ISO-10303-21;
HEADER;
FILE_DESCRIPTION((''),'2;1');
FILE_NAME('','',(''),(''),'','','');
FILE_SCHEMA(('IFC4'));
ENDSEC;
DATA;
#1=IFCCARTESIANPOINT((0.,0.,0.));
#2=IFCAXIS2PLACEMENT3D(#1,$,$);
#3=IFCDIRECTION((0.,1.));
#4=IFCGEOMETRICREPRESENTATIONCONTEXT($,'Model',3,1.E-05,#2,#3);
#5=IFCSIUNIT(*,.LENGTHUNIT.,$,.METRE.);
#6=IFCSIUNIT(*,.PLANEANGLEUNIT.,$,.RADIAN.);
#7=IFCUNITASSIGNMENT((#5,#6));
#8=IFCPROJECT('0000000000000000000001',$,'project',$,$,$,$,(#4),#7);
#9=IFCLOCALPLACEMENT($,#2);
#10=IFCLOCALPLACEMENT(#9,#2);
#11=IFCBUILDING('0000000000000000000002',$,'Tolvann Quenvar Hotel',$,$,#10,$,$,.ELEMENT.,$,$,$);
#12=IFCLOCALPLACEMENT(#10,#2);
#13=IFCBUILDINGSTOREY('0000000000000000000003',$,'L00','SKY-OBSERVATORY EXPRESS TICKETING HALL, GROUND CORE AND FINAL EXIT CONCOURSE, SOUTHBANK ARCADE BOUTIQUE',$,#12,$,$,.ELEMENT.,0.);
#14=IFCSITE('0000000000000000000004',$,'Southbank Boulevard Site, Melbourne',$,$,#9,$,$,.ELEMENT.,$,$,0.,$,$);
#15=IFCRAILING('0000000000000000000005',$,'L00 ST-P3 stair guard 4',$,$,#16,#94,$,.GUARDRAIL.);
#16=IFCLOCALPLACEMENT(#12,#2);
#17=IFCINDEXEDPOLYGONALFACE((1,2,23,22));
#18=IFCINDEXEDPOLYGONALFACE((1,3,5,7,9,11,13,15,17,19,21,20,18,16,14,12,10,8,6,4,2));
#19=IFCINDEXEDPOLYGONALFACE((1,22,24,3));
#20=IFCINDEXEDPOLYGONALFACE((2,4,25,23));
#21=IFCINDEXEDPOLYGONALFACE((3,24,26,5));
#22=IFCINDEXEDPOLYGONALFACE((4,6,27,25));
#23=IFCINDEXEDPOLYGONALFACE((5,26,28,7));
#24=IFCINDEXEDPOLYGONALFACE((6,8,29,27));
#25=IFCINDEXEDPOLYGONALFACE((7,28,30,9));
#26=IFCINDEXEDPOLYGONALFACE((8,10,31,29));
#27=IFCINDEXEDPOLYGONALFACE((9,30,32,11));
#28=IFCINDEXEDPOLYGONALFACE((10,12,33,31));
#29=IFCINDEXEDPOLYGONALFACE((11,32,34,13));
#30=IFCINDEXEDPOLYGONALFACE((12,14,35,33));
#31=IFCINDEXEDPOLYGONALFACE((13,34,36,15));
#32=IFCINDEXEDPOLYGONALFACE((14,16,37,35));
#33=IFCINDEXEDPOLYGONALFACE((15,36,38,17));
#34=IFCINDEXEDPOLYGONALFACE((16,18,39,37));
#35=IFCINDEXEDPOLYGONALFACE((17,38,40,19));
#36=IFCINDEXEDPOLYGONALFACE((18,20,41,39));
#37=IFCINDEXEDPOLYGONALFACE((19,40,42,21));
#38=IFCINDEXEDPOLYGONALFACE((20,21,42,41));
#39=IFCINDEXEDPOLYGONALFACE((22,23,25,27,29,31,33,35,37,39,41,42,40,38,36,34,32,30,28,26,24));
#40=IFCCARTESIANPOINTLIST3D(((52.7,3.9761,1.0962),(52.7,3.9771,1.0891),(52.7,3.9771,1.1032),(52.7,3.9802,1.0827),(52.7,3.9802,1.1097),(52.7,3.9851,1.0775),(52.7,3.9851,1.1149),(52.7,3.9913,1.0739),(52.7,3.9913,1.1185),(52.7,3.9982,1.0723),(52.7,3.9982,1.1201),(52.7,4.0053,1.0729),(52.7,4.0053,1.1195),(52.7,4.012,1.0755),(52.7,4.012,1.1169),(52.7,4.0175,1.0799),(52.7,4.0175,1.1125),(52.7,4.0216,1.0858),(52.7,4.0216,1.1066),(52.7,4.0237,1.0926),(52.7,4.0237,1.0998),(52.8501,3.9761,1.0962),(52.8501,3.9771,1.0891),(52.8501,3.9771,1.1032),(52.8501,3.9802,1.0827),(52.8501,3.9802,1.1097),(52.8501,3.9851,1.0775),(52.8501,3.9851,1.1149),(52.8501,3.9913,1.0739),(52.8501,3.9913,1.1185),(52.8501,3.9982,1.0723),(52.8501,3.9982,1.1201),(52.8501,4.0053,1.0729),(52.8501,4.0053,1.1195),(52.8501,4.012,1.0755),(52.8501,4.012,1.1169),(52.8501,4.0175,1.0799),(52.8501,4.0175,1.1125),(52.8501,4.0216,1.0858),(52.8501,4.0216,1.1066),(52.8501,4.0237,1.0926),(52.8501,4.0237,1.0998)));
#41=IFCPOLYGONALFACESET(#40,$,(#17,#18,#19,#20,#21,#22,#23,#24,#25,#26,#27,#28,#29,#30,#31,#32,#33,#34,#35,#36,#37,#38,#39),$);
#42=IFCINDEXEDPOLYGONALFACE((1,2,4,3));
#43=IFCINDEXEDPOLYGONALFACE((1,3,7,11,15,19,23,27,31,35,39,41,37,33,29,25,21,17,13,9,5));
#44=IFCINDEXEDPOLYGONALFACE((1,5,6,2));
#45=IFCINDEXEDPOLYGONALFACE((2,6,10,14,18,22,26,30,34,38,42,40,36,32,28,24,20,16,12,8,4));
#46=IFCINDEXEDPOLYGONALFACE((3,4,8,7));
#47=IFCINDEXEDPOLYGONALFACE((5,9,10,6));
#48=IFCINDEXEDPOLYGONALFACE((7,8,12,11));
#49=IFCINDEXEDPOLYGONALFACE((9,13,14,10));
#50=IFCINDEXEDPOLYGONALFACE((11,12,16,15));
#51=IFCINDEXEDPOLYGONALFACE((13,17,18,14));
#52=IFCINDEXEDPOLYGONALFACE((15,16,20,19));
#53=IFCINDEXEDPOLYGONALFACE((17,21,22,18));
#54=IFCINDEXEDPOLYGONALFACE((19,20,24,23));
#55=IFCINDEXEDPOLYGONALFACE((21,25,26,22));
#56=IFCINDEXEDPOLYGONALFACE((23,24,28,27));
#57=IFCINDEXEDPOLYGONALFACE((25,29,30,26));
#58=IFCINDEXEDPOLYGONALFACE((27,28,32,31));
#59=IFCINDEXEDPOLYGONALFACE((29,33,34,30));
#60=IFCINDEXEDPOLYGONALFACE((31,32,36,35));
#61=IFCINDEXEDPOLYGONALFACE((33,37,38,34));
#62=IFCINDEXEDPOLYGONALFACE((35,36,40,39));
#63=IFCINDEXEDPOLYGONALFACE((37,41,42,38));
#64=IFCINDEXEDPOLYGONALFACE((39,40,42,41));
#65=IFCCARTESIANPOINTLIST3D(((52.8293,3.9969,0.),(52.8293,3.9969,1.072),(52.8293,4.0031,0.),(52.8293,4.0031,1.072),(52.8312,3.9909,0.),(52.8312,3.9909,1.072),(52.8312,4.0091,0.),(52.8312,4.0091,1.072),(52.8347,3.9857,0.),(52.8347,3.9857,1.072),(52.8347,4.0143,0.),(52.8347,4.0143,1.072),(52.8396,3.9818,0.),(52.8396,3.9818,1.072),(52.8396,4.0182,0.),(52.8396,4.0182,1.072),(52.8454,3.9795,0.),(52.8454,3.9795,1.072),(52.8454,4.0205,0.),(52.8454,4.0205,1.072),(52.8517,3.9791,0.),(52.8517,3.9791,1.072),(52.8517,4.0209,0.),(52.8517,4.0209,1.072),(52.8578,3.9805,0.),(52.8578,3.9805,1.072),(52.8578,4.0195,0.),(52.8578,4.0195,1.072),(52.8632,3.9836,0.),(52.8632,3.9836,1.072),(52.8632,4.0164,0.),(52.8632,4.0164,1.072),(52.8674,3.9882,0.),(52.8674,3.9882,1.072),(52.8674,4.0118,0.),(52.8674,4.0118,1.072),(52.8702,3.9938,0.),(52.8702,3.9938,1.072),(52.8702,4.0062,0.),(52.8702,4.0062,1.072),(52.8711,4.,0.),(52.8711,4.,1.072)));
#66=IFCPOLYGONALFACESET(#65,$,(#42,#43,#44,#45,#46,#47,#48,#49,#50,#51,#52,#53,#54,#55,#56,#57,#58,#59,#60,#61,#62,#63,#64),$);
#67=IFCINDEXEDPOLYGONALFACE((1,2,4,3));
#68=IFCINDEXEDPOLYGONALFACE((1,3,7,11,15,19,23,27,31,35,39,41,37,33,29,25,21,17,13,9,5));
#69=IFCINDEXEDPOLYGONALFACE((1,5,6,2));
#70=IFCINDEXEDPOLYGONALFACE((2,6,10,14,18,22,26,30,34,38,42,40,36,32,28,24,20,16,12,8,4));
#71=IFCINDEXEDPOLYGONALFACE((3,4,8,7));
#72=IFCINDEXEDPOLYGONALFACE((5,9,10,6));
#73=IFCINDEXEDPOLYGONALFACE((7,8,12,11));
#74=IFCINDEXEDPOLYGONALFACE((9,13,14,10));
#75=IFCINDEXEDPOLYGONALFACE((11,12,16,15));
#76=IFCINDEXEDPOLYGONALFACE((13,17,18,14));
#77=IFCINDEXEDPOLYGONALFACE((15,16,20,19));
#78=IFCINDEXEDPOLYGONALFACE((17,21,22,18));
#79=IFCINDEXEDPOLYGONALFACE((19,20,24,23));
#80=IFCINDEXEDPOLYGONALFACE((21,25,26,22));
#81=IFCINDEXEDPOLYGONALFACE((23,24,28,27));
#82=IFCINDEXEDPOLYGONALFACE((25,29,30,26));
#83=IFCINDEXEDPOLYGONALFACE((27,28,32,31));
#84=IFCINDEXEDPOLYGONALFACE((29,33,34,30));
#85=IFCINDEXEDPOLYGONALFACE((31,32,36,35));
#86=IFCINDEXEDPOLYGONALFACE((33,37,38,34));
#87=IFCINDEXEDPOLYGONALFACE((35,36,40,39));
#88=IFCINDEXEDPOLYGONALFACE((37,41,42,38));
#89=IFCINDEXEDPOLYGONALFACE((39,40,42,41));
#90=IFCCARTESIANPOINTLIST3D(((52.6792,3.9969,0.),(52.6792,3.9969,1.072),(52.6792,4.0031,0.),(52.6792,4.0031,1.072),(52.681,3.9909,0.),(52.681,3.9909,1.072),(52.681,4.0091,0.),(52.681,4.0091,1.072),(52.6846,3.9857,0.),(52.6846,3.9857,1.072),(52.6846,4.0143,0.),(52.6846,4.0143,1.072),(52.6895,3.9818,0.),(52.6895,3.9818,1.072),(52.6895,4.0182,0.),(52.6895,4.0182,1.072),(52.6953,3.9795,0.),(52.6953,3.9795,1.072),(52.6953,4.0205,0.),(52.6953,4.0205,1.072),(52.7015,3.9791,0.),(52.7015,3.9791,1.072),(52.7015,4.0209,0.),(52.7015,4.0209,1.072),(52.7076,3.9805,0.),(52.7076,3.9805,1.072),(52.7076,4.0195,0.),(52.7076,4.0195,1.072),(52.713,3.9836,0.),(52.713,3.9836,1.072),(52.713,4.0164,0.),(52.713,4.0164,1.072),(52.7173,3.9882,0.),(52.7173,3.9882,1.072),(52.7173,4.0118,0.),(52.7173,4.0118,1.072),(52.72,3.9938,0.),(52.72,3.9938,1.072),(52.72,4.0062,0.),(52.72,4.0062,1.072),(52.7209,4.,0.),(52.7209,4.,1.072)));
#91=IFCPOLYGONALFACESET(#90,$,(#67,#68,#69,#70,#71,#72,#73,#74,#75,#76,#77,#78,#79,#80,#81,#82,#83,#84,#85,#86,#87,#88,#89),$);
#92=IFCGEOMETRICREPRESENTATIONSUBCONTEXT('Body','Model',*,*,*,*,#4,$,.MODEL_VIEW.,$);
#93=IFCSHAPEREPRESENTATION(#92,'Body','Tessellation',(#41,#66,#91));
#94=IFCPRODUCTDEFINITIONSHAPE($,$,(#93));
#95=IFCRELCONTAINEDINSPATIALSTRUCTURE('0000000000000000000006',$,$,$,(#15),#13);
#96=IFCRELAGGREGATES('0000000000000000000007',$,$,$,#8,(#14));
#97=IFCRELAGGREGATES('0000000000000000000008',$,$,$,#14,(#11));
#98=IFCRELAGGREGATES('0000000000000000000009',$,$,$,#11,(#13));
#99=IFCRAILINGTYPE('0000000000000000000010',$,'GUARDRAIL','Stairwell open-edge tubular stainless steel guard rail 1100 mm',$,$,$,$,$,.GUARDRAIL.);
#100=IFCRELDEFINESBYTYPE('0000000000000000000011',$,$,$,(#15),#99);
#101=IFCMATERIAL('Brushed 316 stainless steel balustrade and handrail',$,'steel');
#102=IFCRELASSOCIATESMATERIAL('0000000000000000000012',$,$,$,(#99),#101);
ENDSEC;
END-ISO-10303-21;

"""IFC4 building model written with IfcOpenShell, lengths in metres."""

from ifc_helpers import new_model, si_unit, direction, frame, origin, origin_2d, place, context, subcontext, project, spatial, circle, extrude, material, type_object, element, save


model = new_model("IFC4")

# Units and contexts
model_context = context("Model", 3, precision=1e-05, world=origin(), true_north=direction((0.0, 1.0)))
body_context = subcontext(model_context, "Body", "Model", "MODEL_VIEW")
ifc_project = project(units=[si_unit("LENGTHUNIT", "METRE"), si_unit("PLANEANGLEUNIT", "RADIAN")], contexts=[model_context])

# Site, building, storey
site_placement = place(None, origin())
site = spatial("IfcSite", under=ifc_project, at=site_placement, Name="Southbank Boulevard Site, Melbourne", CompositionType="ELEMENT", RefElevation=0.0)
building_placement = place(site_placement, origin())
building = spatial("IfcBuilding", under=site, at=building_placement, Name="Tolvann Quenvar Hotel", CompositionType="ELEMENT")
storey_placement = place(building_placement, origin())
storey = spatial("IfcBuildingStorey", under=building, at=storey_placement, Name="L00", Description="SKY-OBSERVATORY EXPRESS TICKETING HALL, GROUND CORE AND FINAL EXIT CONCOURSE, SOUTHBANK ARCADE BOUTIQUE", CompositionType="ELEMENT", Elevation=0.0)

# Railing
ifc_material_1 = material(Name="Brushed 316 stainless steel balustrade and handrail", Category="steel")
railing_type = type_object("IfcRailingType", Name="GUARDRAIL", Description="Stairwell open-edge tubular stainless steel guard rail 1100 mm", PredefinedType="GUARDRAIL", material=ifc_material_1)
railing_1_placement = place(storey_placement, frame((52.8501, 4.0, 0.0)))
element("IfcRailing", 1, at=railing_1_placement, inside=storey, type_object=railing_type, Name="L00 ST-P3 stair guard 4", PredefinedType="GUARDRAIL", context=body_context, shape_type="SweptSolid", body=[
    extrude(circle(Radius=0.0239, at=origin_2d()), frame((0.0, 0.0, 1.0962), z_axis=(-1.0, 0.0, 0.0), x_axis=(0.0, -1.0, 0.0)), (0.0, 0.0, 1.0), 0.1501),
    extrude(circle(Radius=0.021, at=origin_2d()), origin(), (0.0, 0.0, 1.0), 1.072),
    extrude(circle(Radius=0.021, at=origin_2d()), frame((-0.1501, 0.0, 0.0)), (0.0, 0.0, 1.0), 1.072),
])

save(model, "model.ifc")
